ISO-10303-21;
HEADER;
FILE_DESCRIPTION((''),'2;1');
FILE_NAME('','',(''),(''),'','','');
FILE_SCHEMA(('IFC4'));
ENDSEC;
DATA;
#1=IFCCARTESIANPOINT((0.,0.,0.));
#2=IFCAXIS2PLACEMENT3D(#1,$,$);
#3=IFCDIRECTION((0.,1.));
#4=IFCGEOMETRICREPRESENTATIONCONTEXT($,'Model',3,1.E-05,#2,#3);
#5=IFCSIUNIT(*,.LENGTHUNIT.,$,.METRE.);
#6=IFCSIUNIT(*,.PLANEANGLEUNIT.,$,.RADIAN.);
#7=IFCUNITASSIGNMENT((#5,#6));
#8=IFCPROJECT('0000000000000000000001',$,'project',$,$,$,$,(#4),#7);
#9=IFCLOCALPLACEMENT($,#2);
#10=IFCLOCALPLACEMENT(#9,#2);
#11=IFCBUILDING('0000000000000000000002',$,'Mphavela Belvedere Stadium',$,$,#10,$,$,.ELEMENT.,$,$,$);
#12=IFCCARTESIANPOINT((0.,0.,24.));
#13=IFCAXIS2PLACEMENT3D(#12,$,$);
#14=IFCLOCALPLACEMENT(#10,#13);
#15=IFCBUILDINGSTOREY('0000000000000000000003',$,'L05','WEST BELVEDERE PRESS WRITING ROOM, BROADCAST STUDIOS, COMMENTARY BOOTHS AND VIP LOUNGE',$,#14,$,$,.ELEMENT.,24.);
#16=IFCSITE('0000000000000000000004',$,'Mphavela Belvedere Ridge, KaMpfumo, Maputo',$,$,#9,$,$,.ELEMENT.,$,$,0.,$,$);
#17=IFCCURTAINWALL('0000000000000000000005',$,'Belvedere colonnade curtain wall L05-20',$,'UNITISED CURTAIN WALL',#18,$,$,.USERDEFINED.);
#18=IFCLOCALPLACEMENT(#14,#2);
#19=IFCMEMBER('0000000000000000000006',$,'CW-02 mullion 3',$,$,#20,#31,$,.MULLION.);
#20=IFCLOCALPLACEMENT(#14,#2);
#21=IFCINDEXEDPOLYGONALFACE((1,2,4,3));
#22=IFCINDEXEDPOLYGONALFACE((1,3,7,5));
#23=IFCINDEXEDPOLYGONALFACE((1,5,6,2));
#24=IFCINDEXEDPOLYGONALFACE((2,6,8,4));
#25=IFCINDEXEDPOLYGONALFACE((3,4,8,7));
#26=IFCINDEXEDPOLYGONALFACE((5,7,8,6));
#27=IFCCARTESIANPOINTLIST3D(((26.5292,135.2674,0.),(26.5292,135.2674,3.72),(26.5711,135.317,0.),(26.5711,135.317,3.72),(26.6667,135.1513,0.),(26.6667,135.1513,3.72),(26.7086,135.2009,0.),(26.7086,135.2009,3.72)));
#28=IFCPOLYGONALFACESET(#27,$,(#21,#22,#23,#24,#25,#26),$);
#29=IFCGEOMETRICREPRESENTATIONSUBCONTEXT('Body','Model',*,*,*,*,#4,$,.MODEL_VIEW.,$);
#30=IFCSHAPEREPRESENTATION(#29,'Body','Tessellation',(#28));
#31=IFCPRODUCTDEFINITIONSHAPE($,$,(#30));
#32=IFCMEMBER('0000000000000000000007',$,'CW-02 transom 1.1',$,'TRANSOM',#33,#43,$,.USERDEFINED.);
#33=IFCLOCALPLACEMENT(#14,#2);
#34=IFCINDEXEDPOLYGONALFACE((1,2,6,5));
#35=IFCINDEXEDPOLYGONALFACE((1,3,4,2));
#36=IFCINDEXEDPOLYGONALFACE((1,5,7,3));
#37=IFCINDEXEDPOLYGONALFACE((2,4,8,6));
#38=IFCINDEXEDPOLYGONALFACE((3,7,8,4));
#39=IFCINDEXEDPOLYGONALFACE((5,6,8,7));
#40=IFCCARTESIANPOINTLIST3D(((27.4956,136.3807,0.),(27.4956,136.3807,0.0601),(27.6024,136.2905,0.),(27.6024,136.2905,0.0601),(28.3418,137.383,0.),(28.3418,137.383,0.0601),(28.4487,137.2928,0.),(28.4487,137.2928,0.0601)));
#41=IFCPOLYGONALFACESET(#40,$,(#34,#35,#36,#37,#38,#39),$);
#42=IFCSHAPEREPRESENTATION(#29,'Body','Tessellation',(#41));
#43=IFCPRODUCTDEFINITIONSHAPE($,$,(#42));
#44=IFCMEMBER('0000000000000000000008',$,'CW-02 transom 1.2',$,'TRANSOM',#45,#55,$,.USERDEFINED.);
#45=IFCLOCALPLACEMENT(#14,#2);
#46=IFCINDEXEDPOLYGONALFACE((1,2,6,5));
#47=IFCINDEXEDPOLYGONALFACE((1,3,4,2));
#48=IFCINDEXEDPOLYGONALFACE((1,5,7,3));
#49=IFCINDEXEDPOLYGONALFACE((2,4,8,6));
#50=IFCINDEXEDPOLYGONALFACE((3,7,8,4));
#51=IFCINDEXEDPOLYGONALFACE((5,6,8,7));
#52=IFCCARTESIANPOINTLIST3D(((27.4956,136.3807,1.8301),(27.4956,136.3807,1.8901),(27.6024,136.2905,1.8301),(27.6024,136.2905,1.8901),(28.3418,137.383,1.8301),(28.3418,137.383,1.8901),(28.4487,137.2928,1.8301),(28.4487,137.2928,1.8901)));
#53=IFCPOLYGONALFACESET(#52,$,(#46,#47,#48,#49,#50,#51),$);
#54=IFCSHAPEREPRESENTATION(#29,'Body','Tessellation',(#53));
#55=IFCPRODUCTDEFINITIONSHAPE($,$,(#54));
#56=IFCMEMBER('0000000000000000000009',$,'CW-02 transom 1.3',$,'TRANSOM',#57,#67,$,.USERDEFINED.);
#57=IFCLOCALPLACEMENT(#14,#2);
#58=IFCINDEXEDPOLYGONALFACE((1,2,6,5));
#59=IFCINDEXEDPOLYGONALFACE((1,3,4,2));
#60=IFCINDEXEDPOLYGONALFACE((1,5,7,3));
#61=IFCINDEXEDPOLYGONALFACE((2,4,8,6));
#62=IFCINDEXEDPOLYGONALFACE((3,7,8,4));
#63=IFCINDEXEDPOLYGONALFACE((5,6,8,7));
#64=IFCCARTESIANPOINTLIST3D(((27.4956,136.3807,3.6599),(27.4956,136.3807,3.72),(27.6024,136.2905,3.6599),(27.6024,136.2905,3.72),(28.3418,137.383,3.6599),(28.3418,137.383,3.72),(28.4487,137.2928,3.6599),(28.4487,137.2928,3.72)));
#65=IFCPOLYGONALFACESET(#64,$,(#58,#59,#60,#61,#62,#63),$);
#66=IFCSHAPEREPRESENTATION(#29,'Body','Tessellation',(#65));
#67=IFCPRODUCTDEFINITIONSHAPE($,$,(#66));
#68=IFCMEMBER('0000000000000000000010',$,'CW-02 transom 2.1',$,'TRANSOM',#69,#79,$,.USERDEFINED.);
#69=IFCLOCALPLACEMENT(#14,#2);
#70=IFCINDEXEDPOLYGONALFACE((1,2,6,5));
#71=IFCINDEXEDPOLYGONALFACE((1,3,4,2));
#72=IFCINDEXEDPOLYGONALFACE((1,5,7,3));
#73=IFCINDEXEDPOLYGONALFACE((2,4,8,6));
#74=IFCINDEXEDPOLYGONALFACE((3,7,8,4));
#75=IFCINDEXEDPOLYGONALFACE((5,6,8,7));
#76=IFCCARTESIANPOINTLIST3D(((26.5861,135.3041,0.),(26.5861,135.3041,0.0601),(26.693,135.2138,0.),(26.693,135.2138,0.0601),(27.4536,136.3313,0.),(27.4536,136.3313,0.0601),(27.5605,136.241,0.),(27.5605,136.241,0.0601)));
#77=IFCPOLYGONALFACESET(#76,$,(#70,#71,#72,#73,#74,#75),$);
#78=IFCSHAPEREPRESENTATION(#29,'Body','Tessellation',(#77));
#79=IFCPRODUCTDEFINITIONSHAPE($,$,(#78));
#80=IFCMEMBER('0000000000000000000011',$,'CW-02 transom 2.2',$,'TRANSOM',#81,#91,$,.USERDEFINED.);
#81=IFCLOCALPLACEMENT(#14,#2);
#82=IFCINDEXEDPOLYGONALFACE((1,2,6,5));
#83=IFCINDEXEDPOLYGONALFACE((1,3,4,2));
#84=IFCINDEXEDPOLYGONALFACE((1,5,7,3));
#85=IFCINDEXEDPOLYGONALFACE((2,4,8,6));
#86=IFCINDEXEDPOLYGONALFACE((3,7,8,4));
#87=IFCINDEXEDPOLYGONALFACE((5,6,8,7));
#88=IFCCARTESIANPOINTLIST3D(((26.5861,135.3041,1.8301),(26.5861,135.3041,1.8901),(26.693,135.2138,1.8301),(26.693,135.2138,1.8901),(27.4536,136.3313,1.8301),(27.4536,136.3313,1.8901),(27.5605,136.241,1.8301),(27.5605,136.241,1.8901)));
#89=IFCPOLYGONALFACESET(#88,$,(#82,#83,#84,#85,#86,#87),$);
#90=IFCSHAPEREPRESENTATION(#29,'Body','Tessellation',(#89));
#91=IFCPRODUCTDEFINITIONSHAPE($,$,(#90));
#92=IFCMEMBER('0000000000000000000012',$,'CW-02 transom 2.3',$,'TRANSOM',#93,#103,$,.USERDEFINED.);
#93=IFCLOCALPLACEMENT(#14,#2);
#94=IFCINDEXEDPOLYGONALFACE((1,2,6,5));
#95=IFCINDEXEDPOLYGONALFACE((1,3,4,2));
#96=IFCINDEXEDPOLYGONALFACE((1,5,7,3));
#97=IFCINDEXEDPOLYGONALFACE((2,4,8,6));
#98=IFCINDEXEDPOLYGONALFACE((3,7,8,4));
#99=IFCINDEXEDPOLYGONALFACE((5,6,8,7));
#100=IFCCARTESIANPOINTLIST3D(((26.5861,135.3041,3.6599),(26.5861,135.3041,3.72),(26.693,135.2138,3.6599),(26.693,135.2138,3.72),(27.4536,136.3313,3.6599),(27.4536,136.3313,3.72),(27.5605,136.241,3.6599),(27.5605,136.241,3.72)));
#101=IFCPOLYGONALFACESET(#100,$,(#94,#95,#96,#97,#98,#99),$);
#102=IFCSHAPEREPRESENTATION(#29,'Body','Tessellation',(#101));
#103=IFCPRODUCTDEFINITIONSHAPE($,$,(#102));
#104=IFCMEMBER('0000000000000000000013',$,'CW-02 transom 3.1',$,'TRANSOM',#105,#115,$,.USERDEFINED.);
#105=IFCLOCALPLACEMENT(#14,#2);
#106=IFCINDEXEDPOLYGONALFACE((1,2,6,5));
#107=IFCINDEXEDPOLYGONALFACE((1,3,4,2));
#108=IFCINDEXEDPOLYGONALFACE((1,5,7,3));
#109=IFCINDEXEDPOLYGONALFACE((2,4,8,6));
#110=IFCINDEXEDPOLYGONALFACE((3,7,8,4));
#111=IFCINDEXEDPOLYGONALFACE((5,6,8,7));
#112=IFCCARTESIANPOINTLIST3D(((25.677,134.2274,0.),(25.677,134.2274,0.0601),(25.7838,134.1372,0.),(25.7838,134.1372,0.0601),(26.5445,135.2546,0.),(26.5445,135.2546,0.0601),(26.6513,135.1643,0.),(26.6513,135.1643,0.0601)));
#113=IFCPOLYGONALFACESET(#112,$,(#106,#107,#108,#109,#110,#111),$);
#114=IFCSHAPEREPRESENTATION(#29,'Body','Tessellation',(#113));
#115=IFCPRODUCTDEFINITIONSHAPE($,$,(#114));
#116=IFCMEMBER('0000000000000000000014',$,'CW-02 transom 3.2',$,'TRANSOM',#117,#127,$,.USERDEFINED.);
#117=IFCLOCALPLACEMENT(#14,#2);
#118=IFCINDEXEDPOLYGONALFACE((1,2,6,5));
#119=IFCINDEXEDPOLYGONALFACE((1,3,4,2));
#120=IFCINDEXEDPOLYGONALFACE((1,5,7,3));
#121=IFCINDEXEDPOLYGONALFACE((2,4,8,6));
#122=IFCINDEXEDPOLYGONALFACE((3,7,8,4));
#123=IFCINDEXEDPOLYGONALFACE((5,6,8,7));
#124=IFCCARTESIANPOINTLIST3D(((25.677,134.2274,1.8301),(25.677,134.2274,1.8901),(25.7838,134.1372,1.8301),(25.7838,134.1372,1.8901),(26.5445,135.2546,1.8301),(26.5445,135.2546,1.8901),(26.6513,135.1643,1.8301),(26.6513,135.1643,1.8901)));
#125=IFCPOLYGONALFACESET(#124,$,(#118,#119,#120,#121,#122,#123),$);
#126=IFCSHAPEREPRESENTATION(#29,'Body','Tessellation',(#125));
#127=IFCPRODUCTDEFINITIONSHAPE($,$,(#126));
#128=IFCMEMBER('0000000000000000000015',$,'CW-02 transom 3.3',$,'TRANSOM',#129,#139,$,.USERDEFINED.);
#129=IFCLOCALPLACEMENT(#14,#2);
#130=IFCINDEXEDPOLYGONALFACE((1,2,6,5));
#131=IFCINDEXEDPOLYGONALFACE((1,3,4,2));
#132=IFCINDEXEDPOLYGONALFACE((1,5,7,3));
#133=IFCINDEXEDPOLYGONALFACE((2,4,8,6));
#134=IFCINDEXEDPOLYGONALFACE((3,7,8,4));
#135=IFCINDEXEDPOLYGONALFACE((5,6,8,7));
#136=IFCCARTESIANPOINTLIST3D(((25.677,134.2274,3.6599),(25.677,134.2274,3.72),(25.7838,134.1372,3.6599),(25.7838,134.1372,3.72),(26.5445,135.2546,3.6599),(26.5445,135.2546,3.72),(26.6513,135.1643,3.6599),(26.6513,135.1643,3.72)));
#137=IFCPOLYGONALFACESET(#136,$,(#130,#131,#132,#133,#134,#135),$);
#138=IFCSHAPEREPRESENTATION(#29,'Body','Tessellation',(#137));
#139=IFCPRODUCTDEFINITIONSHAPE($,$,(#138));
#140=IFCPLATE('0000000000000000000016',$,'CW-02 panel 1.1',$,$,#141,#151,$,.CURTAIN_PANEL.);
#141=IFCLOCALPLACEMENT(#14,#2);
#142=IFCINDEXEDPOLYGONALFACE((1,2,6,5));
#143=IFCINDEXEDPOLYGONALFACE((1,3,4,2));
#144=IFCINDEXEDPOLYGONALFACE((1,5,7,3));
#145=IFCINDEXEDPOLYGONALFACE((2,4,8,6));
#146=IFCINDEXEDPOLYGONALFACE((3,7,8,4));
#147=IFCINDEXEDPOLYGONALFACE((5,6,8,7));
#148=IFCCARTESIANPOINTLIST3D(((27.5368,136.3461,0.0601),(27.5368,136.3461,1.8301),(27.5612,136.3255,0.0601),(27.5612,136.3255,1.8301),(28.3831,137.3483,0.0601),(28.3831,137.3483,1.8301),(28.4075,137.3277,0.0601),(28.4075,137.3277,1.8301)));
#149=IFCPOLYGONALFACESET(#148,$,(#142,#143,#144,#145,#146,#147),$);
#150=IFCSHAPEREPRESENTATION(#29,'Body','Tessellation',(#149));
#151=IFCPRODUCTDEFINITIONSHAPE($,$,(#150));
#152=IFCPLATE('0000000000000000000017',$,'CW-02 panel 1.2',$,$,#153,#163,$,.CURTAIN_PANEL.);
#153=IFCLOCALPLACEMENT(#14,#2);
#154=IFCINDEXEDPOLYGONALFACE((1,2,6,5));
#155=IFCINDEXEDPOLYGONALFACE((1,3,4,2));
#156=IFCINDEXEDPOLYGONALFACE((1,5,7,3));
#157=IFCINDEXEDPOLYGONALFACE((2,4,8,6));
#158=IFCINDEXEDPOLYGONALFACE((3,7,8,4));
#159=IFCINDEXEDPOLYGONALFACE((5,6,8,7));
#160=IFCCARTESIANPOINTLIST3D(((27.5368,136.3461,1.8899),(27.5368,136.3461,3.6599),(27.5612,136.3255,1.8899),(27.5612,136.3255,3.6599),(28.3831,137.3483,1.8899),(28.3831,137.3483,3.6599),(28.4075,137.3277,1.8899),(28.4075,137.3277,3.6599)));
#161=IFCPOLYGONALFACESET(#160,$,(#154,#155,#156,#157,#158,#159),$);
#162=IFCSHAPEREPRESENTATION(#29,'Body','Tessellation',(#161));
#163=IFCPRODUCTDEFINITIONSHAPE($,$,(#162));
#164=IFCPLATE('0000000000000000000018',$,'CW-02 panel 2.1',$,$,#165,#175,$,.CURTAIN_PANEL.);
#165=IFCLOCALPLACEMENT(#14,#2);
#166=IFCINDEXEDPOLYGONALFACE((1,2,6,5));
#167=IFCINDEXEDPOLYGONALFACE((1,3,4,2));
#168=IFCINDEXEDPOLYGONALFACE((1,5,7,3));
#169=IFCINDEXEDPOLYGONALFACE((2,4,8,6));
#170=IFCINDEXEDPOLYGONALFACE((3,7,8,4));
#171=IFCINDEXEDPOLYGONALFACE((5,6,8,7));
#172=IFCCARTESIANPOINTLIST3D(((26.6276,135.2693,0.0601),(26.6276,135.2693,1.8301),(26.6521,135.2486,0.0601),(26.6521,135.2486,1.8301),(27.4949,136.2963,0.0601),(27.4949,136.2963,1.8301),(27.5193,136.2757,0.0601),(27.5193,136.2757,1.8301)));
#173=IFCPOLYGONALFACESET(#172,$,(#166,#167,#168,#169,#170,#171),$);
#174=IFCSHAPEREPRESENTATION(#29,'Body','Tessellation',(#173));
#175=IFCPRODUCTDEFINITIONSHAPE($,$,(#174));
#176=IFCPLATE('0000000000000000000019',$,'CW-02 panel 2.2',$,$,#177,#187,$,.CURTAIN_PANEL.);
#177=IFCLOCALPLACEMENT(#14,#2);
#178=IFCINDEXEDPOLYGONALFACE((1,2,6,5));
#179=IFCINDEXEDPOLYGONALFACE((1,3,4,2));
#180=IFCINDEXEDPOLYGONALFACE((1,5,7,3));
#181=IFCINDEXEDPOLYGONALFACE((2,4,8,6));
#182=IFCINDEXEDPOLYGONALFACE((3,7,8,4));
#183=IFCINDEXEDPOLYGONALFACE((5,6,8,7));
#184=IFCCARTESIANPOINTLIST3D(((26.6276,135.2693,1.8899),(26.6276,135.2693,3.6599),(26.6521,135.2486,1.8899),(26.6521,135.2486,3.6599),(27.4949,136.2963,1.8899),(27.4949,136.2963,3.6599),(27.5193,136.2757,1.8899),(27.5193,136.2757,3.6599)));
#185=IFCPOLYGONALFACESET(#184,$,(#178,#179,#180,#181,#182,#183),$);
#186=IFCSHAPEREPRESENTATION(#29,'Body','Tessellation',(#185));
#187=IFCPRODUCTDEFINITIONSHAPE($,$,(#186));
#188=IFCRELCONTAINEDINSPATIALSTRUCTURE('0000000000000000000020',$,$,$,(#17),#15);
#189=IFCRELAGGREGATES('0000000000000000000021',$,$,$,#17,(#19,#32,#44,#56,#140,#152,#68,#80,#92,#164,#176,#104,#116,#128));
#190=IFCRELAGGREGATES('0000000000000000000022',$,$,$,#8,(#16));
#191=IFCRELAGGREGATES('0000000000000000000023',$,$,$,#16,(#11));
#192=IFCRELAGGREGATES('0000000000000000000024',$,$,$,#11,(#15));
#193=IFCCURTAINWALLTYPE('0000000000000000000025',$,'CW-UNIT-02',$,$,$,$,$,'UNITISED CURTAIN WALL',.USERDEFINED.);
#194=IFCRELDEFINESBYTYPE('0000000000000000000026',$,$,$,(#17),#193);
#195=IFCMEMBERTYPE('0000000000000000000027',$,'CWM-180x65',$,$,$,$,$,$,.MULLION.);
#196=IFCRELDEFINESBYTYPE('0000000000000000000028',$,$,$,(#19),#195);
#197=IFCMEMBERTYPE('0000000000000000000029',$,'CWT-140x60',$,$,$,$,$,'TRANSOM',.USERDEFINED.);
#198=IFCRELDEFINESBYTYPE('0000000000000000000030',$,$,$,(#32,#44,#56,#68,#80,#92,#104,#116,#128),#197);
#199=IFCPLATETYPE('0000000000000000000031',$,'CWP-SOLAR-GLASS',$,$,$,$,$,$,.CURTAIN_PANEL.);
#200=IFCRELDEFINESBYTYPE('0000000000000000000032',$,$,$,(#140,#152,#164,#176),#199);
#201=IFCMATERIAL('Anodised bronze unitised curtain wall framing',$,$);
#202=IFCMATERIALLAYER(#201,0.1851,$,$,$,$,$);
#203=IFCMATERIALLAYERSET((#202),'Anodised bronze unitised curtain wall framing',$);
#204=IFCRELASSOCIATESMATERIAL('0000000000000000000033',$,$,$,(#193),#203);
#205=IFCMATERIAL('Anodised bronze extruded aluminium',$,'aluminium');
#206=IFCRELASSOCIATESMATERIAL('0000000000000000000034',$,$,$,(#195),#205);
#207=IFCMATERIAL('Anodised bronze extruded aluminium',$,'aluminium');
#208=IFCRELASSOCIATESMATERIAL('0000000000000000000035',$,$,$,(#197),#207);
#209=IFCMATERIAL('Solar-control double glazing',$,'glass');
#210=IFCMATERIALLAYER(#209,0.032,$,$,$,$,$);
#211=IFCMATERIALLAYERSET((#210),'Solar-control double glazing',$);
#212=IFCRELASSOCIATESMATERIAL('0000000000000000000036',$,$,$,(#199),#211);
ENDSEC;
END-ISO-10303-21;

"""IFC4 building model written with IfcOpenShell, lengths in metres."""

from ifc_helpers import new_model, si_unit, direction, frame, origin, origin_2d, place, context, subcontext, project, spatial, rectangle, extrude, material, layer, layer_set, material_profile, profile_set, type_object, element, aggregate, save


model = new_model("IFC4")

# Units and contexts
model_context = context("Model", 3, precision=1e-05, world=origin(), true_north=direction((0.0, 1.0)))
body_context = subcontext(model_context, "Body", "Model", "MODEL_VIEW")
ifc_project = project(units=[si_unit("LENGTHUNIT", "METRE"), si_unit("PLANEANGLEUNIT", "RADIAN")], contexts=[model_context])

# Site, building, storey
site_placement = place(None, origin())
site = spatial("IfcSite", under=ifc_project, at=site_placement, Name="Mphavela Belvedere Ridge, KaMpfumo, Maputo", CompositionType="ELEMENT", RefElevation=0.0)
building_placement = place(site_placement, origin())
building = spatial("IfcBuilding", under=site, at=building_placement, Name="Mphavela Belvedere Stadium", CompositionType="ELEMENT")
storey_placement = place(building_placement, frame((0.0, 0.0, 24.0)))
storey = spatial("IfcBuildingStorey", under=building, at=storey_placement, Name="L05", Description="WEST BELVEDERE PRESS WRITING ROOM, BROADCAST STUDIOS, COMMENTARY BOOTHS AND VIP LOUNGE", CompositionType="ELEMENT", Elevation=24.0)

# Curtain wall, members, plates
ifc_material_1 = material(Name="Anodised bronze unitised curtain wall framing")
ifc_layer_1 = layer(ifc_material_1, 0.1851)
ifc_layer_set_1 = layer_set([ifc_layer_1], Name="Anodised bronze unitised curtain wall framing")
curtain_wall_type = type_object("IfcCurtainWallType", Name="CW-UNIT-02", ElementType="UNITISED CURTAIN WALL", PredefinedType="USERDEFINED", material=ifc_layer_set_1)
curtain_wall_placement = place(storey_placement, origin())
curtain_wall = element("IfcCurtainWall", 1, at=curtain_wall_placement, inside=storey, type_object=curtain_wall_type, Name="Belvedere colonnade curtain wall L05-20", ObjectType="UNITISED CURTAIN WALL", PredefinedType="USERDEFINED")
ifc_material_2 = material(Name="Anodised bronze extruded aluminium", Category="aluminium")
ifc_material_profile_1 = material_profile(ifc_material_2, rectangle(XDim=0.1799, YDim=0.0649, at=origin_2d()), Name="CW-MUL 180x65")
ifc_profile_set_1 = profile_set([ifc_material_profile_1], Name="Anodised bronze extruded aluminium")
member_type_1 = type_object("IfcMemberType", Name="CWM-180x65", PredefinedType="MULLION", material=ifc_profile_set_1)
member_1_placement = place(storey_placement, frame((26.6189, 135.2341, 0.0), z_axis=(0.0, 0.0, 1.0), x_axis=(0.764035, -0.645175, 0.0)))
member_1 = element("IfcMember", 2, at=member_1_placement, type_object=member_type_1, Name="CW-02 mullion 3", PredefinedType="MULLION", context=body_context, shape_type="SweptSolid", body=[
    extrude(rectangle(XDim=0.1799, YDim=0.0649, at=origin_2d()), origin(), (0.0, 0.0, 1.0), 3.72),
])
ifc_material_3 = material(Name="Anodised bronze extruded aluminium", Category="aluminium")
ifc_material_profile_2 = material_profile(ifc_material_3, rectangle(XDim=0.1399, YDim=0.0601, at=origin_2d()), Name="CW-TRN 140x60")
ifc_profile_set_2 = profile_set([ifc_material_profile_2], Name="Anodised bronze extruded aluminium")
member_type_2 = type_object("IfcMemberType", Name="CWT-140x60", ElementType="TRANSOM", PredefinedType="USERDEFINED", material=ifc_profile_set_2)
member_2_placement = place(storey_placement, frame((28.3953, 137.3379, 0.03), z_axis=(-0.645133, -0.764071, 0.0), x_axis=(0.764071, -0.645133, 0.0)))
member_2 = element("IfcMember", 3, at=member_2_placement, type_object=member_type_2, Name="CW-02 transom 1.1", ObjectType="TRANSOM", PredefinedType="USERDEFINED", context=body_context, shape_type="SweptSolid", body=[
    extrude(rectangle(XDim=0.1399, YDim=0.0601, at=origin_2d()), origin(), (0.0, 0.0, 1.0), 1.3118),
])
member_3_placement = place(storey_placement, frame((28.3953, 137.3379, 1.8601), z_axis=(-0.645133, -0.764071, 0.0), x_axis=(0.764071, -0.645133, 0.0)))
member_3 = element("IfcMember", 4, at=member_3_placement, type_object=member_type_2, Name="CW-02 transom 1.2", ObjectType="TRANSOM", PredefinedType="USERDEFINED", context=body_context, shape_type="SweptSolid", body=[
    extrude(rectangle(XDim=0.1399, YDim=0.0601, at=origin_2d()), origin(), (0.0, 0.0, 1.0), 1.3118),
])
member_4_placement = place(storey_placement, frame((28.3953, 137.3379, 3.6899), z_axis=(-0.645133, -0.764071, 0.0), x_axis=(0.764071, -0.645133, 0.0)))
member_4 = element("IfcMember", 5, at=member_4_placement, type_object=member_type_2, Name="CW-02 transom 1.3", ObjectType="TRANSOM", PredefinedType="USERDEFINED", context=body_context, shape_type="SweptSolid", body=[
    extrude(rectangle(XDim=0.1399, YDim=0.0601, at=origin_2d()), origin(), (0.0, 0.0, 1.0), 1.3118),
])
member_5_placement = place(storey_placement, frame((27.5071, 136.2861, 0.03), z_axis=(-0.645226, -0.763992, 0.0), x_axis=(0.763992, -0.645226, 0.0)))
member_5 = element("IfcMember", 6, at=member_5_placement, type_object=member_type_2, Name="CW-02 transom 2.1", ObjectType="TRANSOM", PredefinedType="USERDEFINED", context=body_context, shape_type="SweptSolid", body=[
    extrude(rectangle(XDim=0.1399, YDim=0.0601, at=origin_2d()), origin(), (0.0, 0.0, 1.0), 1.3445),
])
member_6_placement = place(storey_placement, frame((27.5071, 136.2861, 1.8601), z_axis=(-0.645226, -0.763992, 0.0), x_axis=(0.763992, -0.645226, 0.0)))
member_6 = element("IfcMember", 7, at=member_6_placement, type_object=member_type_2, Name="CW-02 transom 2.2", ObjectType="TRANSOM", PredefinedType="USERDEFINED", context=body_context, shape_type="SweptSolid", body=[
    extrude(rectangle(XDim=0.1399, YDim=0.0601, at=origin_2d()), origin(), (0.0, 0.0, 1.0), 1.3445),
])
member_7_placement = place(storey_placement, frame((27.5071, 136.2861, 3.6899), z_axis=(-0.645226, -0.763992, 0.0), x_axis=(0.763992, -0.645226, 0.0)))
member_7 = element("IfcMember", 8, at=member_7_placement, type_object=member_type_2, Name="CW-02 transom 2.3", ObjectType="TRANSOM", PredefinedType="USERDEFINED", context=body_context, shape_type="SweptSolid", body=[
    extrude(rectangle(XDim=0.1399, YDim=0.0601, at=origin_2d()), origin(), (0.0, 0.0, 1.0), 1.3445),
])
member_8_placement = place(storey_placement, frame((26.5979, 135.2095, 0.03), z_axis=(-0.645226, -0.763992, 0.0), x_axis=(0.763992, -0.645226, 0.0)))
member_8 = element("IfcMember", 9, at=member_8_placement, type_object=member_type_2, Name="CW-02 transom 3.1", ObjectType="TRANSOM", PredefinedType="USERDEFINED", context=body_context, shape_type="SweptSolid", body=[
    extrude(rectangle(XDim=0.1399, YDim=0.0601, at=origin_2d()), origin(), (0.0, 0.0, 1.0), 1.3445),
])
member_9_placement = place(storey_placement, frame((26.5979, 135.2095, 1.8601), z_axis=(-0.645226, -0.763992, 0.0), x_axis=(0.763992, -0.645226, 0.0)))
member_9 = element("IfcMember", 10, at=member_9_placement, type_object=member_type_2, Name="CW-02 transom 3.2", ObjectType="TRANSOM", PredefinedType="USERDEFINED", context=body_context, shape_type="SweptSolid", body=[
    extrude(rectangle(XDim=0.1399, YDim=0.0601, at=origin_2d()), origin(), (0.0, 0.0, 1.0), 1.3445),
])
member_10_placement = place(storey_placement, frame((26.5979, 135.2095, 3.6899), z_axis=(-0.645226, -0.763992, 0.0), x_axis=(0.763992, -0.645226, 0.0)))
member_10 = element("IfcMember", 11, at=member_10_placement, type_object=member_type_2, Name="CW-02 transom 3.3", ObjectType="TRANSOM", PredefinedType="USERDEFINED", context=body_context, shape_type="SweptSolid", body=[
    extrude(rectangle(XDim=0.1399, YDim=0.0601, at=origin_2d()), origin(), (0.0, 0.0, 1.0), 1.3445),
])
ifc_material_4 = material(Name="Solar-control double glazing", Category="glass")
ifc_layer_2 = layer(ifc_material_4, 0.032)
ifc_layer_set_2 = layer_set([ifc_layer_2], Name="Solar-control double glazing")
plate_type = type_object("IfcPlateType", Name="CWP-SOLAR-GLASS", PredefinedType="CURTAIN_PANEL", material=ifc_layer_set_2)
plate_1_placement = place(storey_placement, frame((27.9722, 136.8369, 0.0601), z_axis=(0.0, 0.0, 1.0), x_axis=(-0.645175, -0.764035, 0.0)))
plate_1 = element("IfcPlate", 12, at=plate_1_placement, type_object=plate_type, Name="CW-02 panel 1.1", PredefinedType="CURTAIN_PANEL", context=body_context, shape_type="SweptSolid", body=[
    extrude(rectangle(XDim=1.3118, YDim=0.032, at=origin_2d()), origin(), (0.0, 0.0, 1.0), 1.77),
])
plate_2_placement = place(storey_placement, frame((27.9722, 136.8369, 1.8899), z_axis=(0.0, 0.0, 1.0), x_axis=(-0.645175, -0.764035, 0.0)))
plate_2 = element("IfcPlate", 13, at=plate_2_placement, type_object=plate_type, Name="CW-02 panel 1.2", PredefinedType="CURTAIN_PANEL", context=body_context, shape_type="SweptSolid", body=[
    extrude(rectangle(XDim=1.3118, YDim=0.032, at=origin_2d()), origin(), (0.0, 0.0, 1.0), 1.77),
])
plate_3_placement = place(storey_placement, frame((27.0735, 135.7725, 0.0601), z_axis=(0.0, 0.0, 1.0), x_axis=(-0.645175, -0.764035, 0.0)))
plate_3 = element("IfcPlate", 14, at=plate_3_placement, type_object=plate_type, Name="CW-02 panel 2.1", PredefinedType="CURTAIN_PANEL", context=body_context, shape_type="SweptSolid", body=[
    extrude(rectangle(XDim=1.3442, YDim=0.032, at=origin_2d()), origin(), (0.0, 0.0, 1.0), 1.77),
])
plate_4_placement = place(storey_placement, frame((27.0735, 135.7725, 1.8899), z_axis=(0.0, 0.0, 1.0), x_axis=(-0.645175, -0.764035, 0.0)))
plate_4 = element("IfcPlate", 15, at=plate_4_placement, type_object=plate_type, Name="CW-02 panel 2.2", PredefinedType="CURTAIN_PANEL", context=body_context, shape_type="SweptSolid", body=[
    extrude(rectangle(XDim=1.3442, YDim=0.032, at=origin_2d()), origin(), (0.0, 0.0, 1.0), 1.77),
])
aggregate(curtain_wall, [member_1, member_2, member_3, member_4, plate_1, plate_2, member_5, member_6, member_7, plate_3, plate_4, member_8, member_9, member_10])

save(model, "model.ifc")
